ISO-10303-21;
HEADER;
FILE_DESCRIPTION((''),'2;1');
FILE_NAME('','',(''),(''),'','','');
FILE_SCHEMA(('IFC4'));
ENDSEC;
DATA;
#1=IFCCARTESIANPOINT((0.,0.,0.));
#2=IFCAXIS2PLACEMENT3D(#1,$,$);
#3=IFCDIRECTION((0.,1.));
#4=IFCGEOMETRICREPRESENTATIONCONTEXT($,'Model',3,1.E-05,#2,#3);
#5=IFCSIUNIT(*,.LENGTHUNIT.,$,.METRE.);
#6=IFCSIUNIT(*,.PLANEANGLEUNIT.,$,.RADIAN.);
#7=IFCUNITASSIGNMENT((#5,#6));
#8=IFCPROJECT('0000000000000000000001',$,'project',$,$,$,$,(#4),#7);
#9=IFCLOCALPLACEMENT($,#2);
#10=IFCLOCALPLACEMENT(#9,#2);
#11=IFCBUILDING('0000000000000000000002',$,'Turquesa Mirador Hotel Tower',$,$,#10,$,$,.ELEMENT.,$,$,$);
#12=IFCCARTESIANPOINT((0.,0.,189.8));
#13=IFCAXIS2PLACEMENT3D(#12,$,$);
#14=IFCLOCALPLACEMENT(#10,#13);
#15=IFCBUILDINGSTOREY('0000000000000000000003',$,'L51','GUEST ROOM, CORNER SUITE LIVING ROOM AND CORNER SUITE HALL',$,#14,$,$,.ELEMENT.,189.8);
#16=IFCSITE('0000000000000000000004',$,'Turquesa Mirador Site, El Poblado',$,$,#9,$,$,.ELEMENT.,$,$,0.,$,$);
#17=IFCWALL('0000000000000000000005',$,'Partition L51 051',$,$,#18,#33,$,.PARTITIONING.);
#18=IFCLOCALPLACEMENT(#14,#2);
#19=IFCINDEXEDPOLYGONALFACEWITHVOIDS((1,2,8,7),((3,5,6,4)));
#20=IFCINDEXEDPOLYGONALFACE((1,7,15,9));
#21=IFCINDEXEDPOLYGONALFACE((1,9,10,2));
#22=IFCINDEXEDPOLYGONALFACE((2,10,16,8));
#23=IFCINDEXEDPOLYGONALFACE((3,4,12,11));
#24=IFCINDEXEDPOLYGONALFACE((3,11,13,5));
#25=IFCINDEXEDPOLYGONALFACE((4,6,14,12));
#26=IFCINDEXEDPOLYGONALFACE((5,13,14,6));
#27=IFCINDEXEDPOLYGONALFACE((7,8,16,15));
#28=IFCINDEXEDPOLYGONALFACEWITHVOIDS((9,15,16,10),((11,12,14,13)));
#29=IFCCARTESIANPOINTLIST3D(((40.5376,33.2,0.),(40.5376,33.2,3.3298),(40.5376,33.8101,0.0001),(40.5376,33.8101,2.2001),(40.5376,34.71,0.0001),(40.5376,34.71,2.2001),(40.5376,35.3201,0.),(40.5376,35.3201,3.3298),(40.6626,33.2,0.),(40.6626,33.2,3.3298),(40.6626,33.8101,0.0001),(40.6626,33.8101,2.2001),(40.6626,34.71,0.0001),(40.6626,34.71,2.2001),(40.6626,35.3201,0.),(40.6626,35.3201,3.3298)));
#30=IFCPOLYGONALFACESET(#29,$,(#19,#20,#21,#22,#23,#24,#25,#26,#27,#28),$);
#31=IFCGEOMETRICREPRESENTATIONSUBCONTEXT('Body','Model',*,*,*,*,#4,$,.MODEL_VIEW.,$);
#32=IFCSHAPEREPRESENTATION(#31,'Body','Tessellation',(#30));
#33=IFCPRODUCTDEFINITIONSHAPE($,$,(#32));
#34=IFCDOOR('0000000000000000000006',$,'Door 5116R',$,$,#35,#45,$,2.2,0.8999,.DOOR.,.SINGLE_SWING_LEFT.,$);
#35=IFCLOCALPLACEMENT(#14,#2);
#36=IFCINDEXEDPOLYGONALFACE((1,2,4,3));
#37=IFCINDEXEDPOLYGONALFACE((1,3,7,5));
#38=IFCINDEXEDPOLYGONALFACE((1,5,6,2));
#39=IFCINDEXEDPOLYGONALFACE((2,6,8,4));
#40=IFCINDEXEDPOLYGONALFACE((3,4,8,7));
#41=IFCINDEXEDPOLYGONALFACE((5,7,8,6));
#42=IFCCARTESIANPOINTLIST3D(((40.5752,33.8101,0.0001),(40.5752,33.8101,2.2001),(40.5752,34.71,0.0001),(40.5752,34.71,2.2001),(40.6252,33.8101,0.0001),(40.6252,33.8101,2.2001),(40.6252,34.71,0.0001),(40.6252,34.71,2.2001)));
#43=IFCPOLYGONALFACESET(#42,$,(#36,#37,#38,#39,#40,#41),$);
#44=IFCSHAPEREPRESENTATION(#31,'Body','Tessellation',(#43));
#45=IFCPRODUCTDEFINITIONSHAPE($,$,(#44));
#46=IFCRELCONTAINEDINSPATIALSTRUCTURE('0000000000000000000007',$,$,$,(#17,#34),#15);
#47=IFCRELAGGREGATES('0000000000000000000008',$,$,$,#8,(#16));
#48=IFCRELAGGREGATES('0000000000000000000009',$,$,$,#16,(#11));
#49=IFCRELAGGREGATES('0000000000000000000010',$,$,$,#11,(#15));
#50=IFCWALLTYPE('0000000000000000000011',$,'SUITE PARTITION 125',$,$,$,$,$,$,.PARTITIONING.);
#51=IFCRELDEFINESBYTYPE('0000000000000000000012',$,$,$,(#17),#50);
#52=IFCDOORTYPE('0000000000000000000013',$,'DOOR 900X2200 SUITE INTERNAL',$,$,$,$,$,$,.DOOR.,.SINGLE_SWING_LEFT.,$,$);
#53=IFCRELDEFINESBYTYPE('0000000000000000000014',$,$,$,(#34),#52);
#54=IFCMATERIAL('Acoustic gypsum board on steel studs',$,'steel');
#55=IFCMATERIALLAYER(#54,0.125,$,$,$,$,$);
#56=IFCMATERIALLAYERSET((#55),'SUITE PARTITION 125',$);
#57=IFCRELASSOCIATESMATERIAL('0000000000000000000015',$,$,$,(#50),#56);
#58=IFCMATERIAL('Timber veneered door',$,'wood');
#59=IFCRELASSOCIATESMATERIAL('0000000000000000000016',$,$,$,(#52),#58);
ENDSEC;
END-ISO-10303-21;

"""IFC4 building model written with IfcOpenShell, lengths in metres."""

from ifc_helpers import new_model, si_unit, direction, frame, frame_2d, origin, place, context, subcontext, project, spatial, rectangle, extrude, material, layer, layer_set, type_object, element, fill, save


model = new_model("IFC4")

# Units and contexts
model_context = context("Model", 3, precision=1e-05, world=origin(), true_north=direction((0.0, 1.0)))
body_context = subcontext(model_context, "Body", "Model", "MODEL_VIEW")
ifc_project = project(units=[si_unit("LENGTHUNIT", "METRE"), si_unit("PLANEANGLEUNIT", "RADIAN")], contexts=[model_context])

# Site, building, storey
site_placement = place(None, origin())
site = spatial("IfcSite", under=ifc_project, at=site_placement, Name="Turquesa Mirador Site, El Poblado", CompositionType="ELEMENT", RefElevation=0.0)
building_placement = place(site_placement, origin())
building = spatial("IfcBuilding", under=site, at=building_placement, Name="Turquesa Mirador Hotel Tower", CompositionType="ELEMENT")
storey_placement = place(building_placement, frame((0.0, 0.0, 189.8)))
storey = spatial("IfcBuildingStorey", under=building, at=storey_placement, Name="L51", Description="GUEST ROOM, CORNER SUITE LIVING ROOM AND CORNER SUITE HALL", CompositionType="ELEMENT", Elevation=189.8)

# Wall, opening, door
ifc_material_1 = material(Name="Acoustic gypsum board on steel studs", Category="steel")
ifc_layer_1 = layer(ifc_material_1, 0.125)
ifc_layer_set_1 = layer_set([ifc_layer_1], Name="SUITE PARTITION 125")
wall_type_1 = type_object("IfcWallType", Name="SUITE PARTITION 125", PredefinedType="PARTITIONING", material=ifc_layer_set_1)
wall_1_placement = place(storey_placement, frame((40.6001, 33.2, 0.0), z_axis=(0.0, 0.0, 1.0), x_axis=(0.0, 1.0, 0.0)))
wall_1 = element("IfcWall", 1, at=wall_1_placement, inside=storey, type_object=wall_type_1, Name="Partition L51 051", PredefinedType="PARTITIONING", context=body_context, shape_type="SweptSolid", body=[
    extrude(rectangle(XDim=2.1201, YDim=0.125, at=frame_2d((1.0601, 0.0))), origin(), (0.0, 0.0, 1.0), 3.3298),
])
opening_1_placement = place(wall_1_placement, frame((0.6101, 0.0, 0.0)))
opening_1 = element("IfcOpeningElement", 2, at=opening_1_placement, cuts=wall_1, PredefinedType="OPENING", context=body_context, shape_type="SweptSolid", body=[
    extrude(rectangle(XDim=0.8999, YDim=2.2, at=frame_2d((0.45, 1.1001))), frame((0.0, 0.0725, 0.0), z_axis=(0.0, -1.0, 0.0), x_axis=(1.0, 0.0, 0.0)), (0.0, 0.0, 1.0), 0.145),
])
ifc_material_2 = material(Name="Timber veneered door", Category="wood")
door_type_1 = type_object("IfcDoorType", Name="DOOR 900X2200 SUITE INTERNAL", OperationType="SINGLE_SWING_LEFT", PredefinedType="DOOR", material=ifc_material_2)
door_1_placement = place(opening_1_placement, origin())
door_1 = element("IfcDoor", 3, at=door_1_placement, inside=storey, type_object=door_type_1, Name="Door 5116R", OperationType="SINGLE_SWING_LEFT", OverallHeight=2.2, OverallWidth=0.8999, PredefinedType="DOOR", context=body_context, shape_type="SweptSolid", body=[
    extrude(rectangle(XDim=0.8999, YDim=2.2, at=frame_2d((0.45, 1.1001))), frame((0.0, 0.0249, 0.0), z_axis=(0.0, -1.0, 0.0), x_axis=(1.0, 0.0, 0.0)), (0.0, 0.0, 1.0), 0.05),
])
fill(opening_1, door_1)

save(model, "model.ifc")
